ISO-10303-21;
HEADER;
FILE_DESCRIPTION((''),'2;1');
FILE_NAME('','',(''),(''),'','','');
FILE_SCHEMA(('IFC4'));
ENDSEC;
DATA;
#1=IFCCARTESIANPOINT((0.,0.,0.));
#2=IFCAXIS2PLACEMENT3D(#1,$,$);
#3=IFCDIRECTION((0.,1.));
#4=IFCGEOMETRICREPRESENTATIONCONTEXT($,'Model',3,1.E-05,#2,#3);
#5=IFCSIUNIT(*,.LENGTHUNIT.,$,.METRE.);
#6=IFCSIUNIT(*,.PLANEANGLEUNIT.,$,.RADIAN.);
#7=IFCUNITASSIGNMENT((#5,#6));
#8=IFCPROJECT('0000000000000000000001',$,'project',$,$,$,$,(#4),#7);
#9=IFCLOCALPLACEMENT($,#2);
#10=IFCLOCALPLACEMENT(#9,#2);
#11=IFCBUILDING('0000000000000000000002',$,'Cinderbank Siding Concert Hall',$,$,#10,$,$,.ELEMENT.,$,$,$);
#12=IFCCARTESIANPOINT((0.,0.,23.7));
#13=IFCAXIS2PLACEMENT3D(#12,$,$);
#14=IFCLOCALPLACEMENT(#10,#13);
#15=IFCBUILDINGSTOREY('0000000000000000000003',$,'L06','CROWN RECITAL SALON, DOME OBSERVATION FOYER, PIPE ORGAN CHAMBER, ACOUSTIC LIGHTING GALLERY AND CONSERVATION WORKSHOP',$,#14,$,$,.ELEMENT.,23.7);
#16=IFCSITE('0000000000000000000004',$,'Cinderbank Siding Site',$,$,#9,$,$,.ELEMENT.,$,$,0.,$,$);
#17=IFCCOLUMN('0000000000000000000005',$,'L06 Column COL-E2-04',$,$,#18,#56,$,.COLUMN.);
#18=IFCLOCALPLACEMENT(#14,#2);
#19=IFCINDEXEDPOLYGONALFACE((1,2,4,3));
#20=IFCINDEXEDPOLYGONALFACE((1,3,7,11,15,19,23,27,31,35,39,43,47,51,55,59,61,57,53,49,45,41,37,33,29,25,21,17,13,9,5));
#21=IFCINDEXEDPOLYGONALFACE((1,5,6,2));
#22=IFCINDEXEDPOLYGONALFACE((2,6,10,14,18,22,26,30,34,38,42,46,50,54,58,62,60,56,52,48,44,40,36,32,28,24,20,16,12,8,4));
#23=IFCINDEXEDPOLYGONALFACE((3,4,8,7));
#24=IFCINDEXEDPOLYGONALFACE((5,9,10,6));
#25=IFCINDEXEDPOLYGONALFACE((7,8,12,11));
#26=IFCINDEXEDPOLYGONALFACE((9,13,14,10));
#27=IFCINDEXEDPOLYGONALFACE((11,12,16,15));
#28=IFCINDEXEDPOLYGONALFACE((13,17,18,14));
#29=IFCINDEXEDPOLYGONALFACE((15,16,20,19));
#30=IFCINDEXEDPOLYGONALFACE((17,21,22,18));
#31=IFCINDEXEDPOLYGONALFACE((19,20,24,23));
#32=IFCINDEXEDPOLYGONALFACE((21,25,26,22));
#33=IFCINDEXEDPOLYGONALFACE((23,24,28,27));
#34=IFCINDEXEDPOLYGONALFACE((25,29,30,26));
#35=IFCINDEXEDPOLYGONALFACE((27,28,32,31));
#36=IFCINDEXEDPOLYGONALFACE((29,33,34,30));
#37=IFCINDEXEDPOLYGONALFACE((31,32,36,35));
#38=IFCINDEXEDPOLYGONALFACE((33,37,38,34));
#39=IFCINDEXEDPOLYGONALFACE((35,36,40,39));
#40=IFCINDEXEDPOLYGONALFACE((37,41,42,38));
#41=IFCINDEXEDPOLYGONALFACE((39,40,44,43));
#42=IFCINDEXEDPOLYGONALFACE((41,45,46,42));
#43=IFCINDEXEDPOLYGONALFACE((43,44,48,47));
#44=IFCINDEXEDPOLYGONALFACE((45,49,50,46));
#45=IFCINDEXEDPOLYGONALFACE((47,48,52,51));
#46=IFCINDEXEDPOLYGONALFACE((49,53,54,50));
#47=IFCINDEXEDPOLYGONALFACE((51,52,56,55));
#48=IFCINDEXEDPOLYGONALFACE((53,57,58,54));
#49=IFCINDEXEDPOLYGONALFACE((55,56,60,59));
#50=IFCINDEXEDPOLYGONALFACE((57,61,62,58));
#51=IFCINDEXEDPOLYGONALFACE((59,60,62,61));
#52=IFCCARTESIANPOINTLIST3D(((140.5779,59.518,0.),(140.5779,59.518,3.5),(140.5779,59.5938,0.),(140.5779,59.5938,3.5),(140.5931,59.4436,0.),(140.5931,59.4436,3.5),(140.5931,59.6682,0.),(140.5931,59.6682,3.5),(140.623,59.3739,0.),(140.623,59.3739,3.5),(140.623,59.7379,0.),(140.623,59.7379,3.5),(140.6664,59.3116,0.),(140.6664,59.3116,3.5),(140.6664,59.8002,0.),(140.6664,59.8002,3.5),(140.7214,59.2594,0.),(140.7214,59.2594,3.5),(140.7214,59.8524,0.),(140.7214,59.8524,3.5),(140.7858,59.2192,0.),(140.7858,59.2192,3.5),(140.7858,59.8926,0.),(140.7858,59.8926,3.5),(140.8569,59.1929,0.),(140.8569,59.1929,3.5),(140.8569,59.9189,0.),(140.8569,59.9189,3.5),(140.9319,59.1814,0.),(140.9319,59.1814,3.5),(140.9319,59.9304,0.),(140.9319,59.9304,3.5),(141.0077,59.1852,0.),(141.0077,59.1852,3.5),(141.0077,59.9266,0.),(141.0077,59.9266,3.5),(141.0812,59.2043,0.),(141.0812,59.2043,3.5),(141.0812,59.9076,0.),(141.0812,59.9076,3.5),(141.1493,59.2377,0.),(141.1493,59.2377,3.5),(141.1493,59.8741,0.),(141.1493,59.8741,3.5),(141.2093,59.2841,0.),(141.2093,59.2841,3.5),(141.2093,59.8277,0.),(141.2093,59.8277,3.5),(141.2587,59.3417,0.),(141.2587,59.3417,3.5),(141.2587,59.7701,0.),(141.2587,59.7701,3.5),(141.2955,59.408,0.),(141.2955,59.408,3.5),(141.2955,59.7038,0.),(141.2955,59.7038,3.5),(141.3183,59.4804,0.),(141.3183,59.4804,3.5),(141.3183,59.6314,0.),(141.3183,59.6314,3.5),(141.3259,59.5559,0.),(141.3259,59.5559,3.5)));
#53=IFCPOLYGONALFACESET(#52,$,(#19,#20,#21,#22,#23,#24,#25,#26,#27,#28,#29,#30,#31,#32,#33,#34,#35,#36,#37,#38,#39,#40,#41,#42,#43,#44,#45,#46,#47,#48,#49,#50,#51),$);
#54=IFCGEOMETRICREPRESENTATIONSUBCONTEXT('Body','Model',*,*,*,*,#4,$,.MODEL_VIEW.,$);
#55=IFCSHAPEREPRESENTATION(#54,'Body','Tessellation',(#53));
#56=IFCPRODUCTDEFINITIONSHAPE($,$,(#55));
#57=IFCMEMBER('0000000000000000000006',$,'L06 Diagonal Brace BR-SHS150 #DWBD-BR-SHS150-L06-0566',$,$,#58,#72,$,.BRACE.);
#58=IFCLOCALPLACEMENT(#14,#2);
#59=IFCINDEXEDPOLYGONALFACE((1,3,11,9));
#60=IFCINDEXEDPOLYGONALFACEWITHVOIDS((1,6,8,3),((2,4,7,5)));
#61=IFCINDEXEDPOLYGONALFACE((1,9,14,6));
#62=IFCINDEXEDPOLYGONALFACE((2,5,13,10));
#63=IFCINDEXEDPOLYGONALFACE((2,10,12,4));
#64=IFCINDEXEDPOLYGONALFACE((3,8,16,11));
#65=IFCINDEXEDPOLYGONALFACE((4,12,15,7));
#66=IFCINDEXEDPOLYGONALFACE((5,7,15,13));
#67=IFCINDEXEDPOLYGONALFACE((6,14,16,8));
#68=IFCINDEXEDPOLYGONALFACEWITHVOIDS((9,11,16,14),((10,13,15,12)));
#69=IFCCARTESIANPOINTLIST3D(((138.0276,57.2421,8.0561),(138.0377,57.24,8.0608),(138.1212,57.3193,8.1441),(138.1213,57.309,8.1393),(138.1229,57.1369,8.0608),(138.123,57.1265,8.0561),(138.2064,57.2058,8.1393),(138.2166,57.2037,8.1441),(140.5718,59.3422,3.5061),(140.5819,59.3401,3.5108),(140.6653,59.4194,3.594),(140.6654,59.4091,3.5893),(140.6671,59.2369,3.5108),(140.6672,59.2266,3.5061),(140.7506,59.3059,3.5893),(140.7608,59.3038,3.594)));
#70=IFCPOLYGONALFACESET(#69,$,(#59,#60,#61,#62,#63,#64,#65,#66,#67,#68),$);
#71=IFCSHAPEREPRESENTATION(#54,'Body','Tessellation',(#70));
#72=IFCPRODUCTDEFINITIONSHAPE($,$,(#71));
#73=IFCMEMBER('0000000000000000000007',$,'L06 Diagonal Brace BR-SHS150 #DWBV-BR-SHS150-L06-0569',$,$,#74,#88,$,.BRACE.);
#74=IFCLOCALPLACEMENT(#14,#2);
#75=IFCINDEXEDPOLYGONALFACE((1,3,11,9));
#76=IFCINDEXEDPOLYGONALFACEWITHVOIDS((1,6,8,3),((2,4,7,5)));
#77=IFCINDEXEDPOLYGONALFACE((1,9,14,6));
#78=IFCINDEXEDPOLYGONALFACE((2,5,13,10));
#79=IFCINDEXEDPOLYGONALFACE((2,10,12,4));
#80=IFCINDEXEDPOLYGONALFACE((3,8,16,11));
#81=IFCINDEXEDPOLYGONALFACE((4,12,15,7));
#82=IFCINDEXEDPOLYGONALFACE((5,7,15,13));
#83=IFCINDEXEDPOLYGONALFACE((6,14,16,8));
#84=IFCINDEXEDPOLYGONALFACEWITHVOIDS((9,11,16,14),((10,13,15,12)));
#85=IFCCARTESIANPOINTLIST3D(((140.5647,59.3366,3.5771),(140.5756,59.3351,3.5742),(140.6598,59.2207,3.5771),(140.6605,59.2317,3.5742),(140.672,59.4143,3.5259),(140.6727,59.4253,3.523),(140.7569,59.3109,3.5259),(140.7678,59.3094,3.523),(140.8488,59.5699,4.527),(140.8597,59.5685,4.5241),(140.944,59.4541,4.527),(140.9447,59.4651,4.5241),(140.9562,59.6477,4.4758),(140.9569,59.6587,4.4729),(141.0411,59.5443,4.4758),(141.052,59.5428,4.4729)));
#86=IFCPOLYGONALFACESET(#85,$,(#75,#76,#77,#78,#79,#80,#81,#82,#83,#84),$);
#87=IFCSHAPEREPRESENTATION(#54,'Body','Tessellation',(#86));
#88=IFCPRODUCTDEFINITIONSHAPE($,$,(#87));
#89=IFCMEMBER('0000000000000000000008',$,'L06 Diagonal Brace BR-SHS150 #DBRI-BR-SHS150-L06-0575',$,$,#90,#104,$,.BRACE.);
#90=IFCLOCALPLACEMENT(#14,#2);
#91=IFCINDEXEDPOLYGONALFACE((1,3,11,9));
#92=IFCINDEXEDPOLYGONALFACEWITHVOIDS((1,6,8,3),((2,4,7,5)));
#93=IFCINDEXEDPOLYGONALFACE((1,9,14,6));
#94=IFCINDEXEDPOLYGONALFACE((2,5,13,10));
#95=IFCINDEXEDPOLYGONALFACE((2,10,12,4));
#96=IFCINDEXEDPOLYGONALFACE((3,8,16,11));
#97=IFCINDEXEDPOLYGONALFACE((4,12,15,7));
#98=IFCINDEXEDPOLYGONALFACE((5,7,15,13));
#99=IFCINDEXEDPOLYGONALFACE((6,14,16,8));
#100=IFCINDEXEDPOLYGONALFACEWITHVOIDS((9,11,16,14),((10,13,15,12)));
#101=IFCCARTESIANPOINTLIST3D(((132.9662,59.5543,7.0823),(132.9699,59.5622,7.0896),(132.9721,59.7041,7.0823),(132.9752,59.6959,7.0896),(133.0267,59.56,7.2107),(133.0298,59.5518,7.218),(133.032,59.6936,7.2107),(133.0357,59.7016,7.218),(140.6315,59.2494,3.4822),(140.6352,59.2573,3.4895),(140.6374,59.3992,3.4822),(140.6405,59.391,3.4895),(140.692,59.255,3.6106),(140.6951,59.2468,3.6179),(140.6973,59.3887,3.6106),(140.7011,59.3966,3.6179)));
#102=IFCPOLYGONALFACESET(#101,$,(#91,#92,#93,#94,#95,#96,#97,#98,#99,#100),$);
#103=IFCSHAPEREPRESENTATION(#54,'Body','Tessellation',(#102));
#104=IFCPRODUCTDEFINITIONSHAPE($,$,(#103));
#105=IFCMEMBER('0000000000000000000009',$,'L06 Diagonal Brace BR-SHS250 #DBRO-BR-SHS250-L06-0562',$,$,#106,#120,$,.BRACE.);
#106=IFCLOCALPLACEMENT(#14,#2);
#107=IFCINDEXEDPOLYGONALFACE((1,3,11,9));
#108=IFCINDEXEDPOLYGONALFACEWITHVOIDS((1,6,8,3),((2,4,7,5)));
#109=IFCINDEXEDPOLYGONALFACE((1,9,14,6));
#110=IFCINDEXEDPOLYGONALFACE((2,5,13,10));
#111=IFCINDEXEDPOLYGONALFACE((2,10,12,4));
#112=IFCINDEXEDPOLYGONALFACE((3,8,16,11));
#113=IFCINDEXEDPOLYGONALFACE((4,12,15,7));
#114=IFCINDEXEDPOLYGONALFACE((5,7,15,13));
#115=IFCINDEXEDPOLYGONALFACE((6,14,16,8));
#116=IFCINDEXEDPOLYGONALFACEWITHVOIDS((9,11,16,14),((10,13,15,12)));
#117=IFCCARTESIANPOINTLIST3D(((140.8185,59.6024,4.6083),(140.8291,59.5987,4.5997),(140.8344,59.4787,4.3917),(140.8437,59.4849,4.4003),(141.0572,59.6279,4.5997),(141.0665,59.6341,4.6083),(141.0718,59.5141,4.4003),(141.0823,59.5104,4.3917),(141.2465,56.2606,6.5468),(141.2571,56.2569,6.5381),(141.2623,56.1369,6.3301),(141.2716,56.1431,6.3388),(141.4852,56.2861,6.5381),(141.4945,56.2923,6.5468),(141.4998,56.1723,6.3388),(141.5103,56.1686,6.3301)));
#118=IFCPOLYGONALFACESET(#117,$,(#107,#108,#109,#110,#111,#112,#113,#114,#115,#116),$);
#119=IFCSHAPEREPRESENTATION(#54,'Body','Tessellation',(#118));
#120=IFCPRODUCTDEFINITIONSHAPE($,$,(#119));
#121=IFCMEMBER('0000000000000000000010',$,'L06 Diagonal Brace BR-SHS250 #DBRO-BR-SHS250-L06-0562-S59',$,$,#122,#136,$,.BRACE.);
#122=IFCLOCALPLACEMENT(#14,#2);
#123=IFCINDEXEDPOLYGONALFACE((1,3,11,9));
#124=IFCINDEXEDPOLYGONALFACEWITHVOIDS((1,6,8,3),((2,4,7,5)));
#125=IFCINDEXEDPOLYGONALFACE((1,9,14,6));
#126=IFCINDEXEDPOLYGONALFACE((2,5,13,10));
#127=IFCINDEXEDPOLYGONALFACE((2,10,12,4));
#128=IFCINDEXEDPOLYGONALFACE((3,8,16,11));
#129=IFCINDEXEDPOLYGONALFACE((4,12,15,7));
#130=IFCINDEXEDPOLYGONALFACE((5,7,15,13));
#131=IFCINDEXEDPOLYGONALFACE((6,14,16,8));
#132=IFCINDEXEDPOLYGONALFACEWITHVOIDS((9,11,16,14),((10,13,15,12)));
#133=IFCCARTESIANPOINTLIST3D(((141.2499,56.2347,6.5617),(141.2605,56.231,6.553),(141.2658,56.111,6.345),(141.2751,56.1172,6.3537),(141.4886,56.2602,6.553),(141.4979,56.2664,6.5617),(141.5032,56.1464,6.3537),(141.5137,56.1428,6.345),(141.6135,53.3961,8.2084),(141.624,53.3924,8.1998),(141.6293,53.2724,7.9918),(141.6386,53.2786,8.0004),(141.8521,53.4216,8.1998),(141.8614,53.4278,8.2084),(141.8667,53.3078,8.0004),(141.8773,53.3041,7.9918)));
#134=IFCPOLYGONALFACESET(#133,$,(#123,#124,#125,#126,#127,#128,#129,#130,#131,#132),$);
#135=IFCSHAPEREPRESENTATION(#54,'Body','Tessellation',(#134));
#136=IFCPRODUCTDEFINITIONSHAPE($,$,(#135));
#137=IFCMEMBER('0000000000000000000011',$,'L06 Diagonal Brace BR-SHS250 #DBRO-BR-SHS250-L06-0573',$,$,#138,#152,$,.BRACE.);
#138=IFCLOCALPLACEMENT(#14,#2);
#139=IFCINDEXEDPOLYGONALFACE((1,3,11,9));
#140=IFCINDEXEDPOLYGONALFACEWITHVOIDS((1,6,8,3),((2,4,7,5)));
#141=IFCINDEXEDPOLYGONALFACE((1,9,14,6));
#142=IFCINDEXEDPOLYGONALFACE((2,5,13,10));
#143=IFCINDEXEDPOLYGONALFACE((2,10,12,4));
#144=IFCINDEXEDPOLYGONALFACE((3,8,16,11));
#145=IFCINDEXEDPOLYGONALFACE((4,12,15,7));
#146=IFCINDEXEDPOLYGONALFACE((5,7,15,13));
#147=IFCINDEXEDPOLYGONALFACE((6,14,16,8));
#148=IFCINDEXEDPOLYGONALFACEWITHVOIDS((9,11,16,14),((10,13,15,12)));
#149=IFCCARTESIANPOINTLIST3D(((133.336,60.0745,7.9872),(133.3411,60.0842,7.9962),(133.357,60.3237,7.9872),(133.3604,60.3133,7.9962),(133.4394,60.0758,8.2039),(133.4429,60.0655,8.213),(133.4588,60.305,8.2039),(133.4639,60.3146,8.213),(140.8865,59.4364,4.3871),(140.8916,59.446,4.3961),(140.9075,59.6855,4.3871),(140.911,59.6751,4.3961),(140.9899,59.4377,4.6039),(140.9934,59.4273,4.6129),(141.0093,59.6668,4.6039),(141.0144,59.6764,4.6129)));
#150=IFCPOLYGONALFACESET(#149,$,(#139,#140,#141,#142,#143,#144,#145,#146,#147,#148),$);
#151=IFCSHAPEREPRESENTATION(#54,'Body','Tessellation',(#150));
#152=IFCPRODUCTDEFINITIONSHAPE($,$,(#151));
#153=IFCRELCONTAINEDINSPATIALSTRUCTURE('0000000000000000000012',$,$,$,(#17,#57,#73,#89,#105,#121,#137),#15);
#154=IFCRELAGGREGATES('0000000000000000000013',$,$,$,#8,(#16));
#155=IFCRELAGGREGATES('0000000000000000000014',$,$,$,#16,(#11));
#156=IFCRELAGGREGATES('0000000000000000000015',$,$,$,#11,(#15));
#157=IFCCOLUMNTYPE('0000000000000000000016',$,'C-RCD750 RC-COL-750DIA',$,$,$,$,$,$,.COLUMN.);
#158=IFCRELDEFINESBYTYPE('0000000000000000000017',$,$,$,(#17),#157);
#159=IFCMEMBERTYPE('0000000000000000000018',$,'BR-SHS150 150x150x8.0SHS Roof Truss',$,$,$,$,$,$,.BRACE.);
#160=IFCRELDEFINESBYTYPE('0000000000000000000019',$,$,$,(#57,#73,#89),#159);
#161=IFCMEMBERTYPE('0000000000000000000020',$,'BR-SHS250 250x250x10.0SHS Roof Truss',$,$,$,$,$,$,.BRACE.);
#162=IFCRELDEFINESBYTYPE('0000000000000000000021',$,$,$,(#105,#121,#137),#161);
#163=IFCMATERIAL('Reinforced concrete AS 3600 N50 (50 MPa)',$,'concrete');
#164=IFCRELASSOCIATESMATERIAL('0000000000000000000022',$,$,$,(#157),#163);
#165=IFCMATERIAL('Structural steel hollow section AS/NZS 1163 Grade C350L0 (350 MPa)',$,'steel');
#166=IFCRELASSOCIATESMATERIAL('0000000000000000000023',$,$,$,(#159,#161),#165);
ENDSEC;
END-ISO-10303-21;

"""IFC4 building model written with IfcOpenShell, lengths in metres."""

from ifc_helpers import new_model, si_unit, direction, frame, origin, origin_2d, place, context, subcontext, project, spatial, hollow_rectangle, circle, extrude, material, material_profile, profile_set, type_object, element, save


model = new_model("IFC4")

# Units and contexts
model_context = context("Model", 3, precision=1e-05, world=origin(), true_north=direction((0.0, 1.0)))
body_context = subcontext(model_context, "Body", "Model", "MODEL_VIEW")
ifc_project = project(units=[si_unit("LENGTHUNIT", "METRE"), si_unit("PLANEANGLEUNIT", "RADIAN")], contexts=[model_context])

# Site, building, storey
site_placement = place(None, origin())
site = spatial("IfcSite", under=ifc_project, at=site_placement, Name="Cinderbank Siding Site", CompositionType="ELEMENT", RefElevation=0.0)
building_placement = place(site_placement, origin())
building = spatial("IfcBuilding", under=site, at=building_placement, Name="Cinderbank Siding Concert Hall", CompositionType="ELEMENT")
storey_placement = place(building_placement, frame((0.0, 0.0, 23.7)))
storey = spatial("IfcBuildingStorey", under=building, at=storey_placement, Name="L06", Description="CROWN RECITAL SALON, DOME OBSERVATION FOYER, PIPE ORGAN CHAMBER, ACOUSTIC LIGHTING GALLERY AND CONSERVATION WORKSHOP", CompositionType="ELEMENT", Elevation=23.7)

# Column
ifc_material_1 = material(Name="Reinforced concrete AS 3600 N50 (50 MPa)", Category="concrete")
ifc_material_profile_1 = material_profile(ifc_material_1, circle(Radius=0.375, at=origin_2d()), Name="RC-COL-750DIA", Category="LoadBearing")
ifc_profile_set_1 = profile_set([ifc_material_profile_1], Name="Reinforced concrete AS 3600 N50 (50 MPa)")
column_type = type_object("IfcColumnType", Name="C-RCD750 RC-COL-750DIA", PredefinedType="COLUMN", material=ifc_profile_set_1)
column_placement = place(storey_placement, frame((140.9509, 59.5559, 0.0), z_axis=(0.0, 0.0, 1.0), x_axis=(1.0, 0.0, 0.0)))
element("IfcColumn", 1, at=column_placement, inside=storey, type_object=column_type, Name="L06 Column COL-E2-04", PredefinedType="COLUMN", context=body_context, shape_type="SweptSolid", body=[
    extrude(circle(Radius=0.375, at=origin_2d()), origin(), (0.0, 0.0, 1.0), 3.5),
])

# Members
ifc_material_2 = material(Name="Structural steel hollow section AS/NZS 1163 Grade C350L0 (350 MPa)", Category="steel")
ifc_material_profile_2 = material_profile(ifc_material_2, hollow_rectangle(XDim=0.1499, YDim=0.1499, WallThickness=0.0081, at=origin_2d()), Name="150x150x8.0SHS", Category="LoadBearing")
ifc_profile_set_2 = profile_set([ifc_material_profile_2], Name="Structural steel hollow section AS/NZS 1163 Grade C350L0 (350 MPa)")
member_type_1 = type_object("IfcMemberType", Name="BR-SHS150 150x150x8.0SHS Roof Truss", PredefinedType="BRACE", material=ifc_profile_set_2)
member_1_placement = place(storey_placement, frame((140.6663, 59.323, 3.55), z_axis=(-0.452689, -0.373672, 0.809593), x_axis=(0.636589, -0.771203, 0.0)))
element("IfcMember", 2, at=member_1_placement, inside=storey, type_object=member_type_1, Name="L06 Diagonal Brace BR-SHS150 #DWBD-BR-SHS150-L06-0566", PredefinedType="BRACE", context=body_context, shape_type="SweptSolid", body=[
    extrude(hollow_rectangle(XDim=0.1499, YDim=0.1499, WallThickness=0.0081, at=origin_2d()), origin(), (0.0, 0.0, 1.0), 5.6201),
])
member_2_placement = place(storey_placement, frame((140.6663, 59.323, 3.55), z_axis=(0.278978, 0.229126, 0.932562), x_axis=(-0.634683, 0.772773, 0.0)))
element("IfcMember", 3, at=member_2_placement, inside=storey, type_object=member_type_1, Name="L06 Diagonal Brace BR-SHS150 #DWBV-BR-SHS150-L06-0569", PredefinedType="BRACE", context=body_context, shape_type="SweptSolid", body=[
    extrude(hollow_rectangle(XDim=0.1499, YDim=0.1499, WallThickness=0.0081, at=origin_2d()), origin(), (0.0, 0.0, 1.0), 1.0186),
])
member_3_placement = place(storey_placement, frame((140.6663, 59.323, 3.55), z_axis=(-0.904555, 0.035984, 0.424836), x_axis=(-0.039749, -0.99921, 0.0)))
element("IfcMember", 4, at=member_3_placement, inside=storey, type_object=member_type_1, Name="L06 Diagonal Brace BR-SHS150 #DBRI-BR-SHS150-L06-0575", PredefinedType="BRACE", context=body_context, shape_type="SweptSolid", body=[
    extrude(hollow_rectangle(XDim=0.1499, YDim=0.1499, WallThickness=0.0081, at=origin_2d()), origin(), (0.0, 0.0, 1.0), 8.4741),
])
ifc_material_profile_3 = material_profile(ifc_material_2, hollow_rectangle(XDim=0.25, YDim=0.25, WallThickness=0.01, at=origin_2d()), Name="250x250x10.0SHS", Category="LoadBearing")
ifc_profile_set_3 = profile_set([ifc_material_profile_3], Name="Structural steel hollow section AS/NZS 1163 Grade C350L0 (350 MPa)")
member_type_2 = type_object("IfcMemberType", Name="BR-SHS250 250x250x10.0SHS Roof Truss", PredefinedType="BRACE", material=ifc_profile_set_3)
member_4_placement = place(storey_placement, frame((140.9504, 59.5564, 4.5), z_axis=(0.110106, -0.859745, 0.498713), x_axis=(0.991899, 0.127031, 0.0)))
element("IfcMember", 5, at=member_4_placement, inside=storey, type_object=member_type_2, Name="L06 Diagonal Brace BR-SHS250 #DBRO-BR-SHS250-L06-0562", PredefinedType="BRACE", context=body_context, shape_type="SweptSolid", body=[
    extrude(hollow_rectangle(XDim=0.25, YDim=0.25, WallThickness=0.01, at=origin_2d()), origin(), (0.0, 0.0, 1.0), 3.887),
])
member_5_placement = place(storey_placement, frame((141.3818, 56.1887, 6.4534), z_axis=(0.1101, -0.859729, 0.498742), x_axis=(0.991899, 0.127027, 0.0)))
element("IfcMember", 6, at=member_5_placement, inside=storey, type_object=member_type_2, Name="L06 Diagonal Brace BR-SHS250 #DBRO-BR-SHS250-L06-0562-S59", PredefinedType="BRACE", context=body_context, shape_type="SweptSolid", body=[
    extrude(hollow_rectangle(XDim=0.25, YDim=0.25, WallThickness=0.01, at=origin_2d()), origin(), (0.0, 0.0, 1.0), 3.3018),
])
member_6_placement = place(storey_placement, frame((140.9504, 59.5564, 4.5), z_axis=(-0.900031, 0.076072, 0.429135), x_axis=(-0.084221, -0.996447, 0.0)))
element("IfcMember", 7, at=member_6_placement, inside=storey, type_object=member_type_2, Name="L06 Diagonal Brace BR-SHS250 #DBRO-BR-SHS250-L06-0573", PredefinedType="BRACE", context=body_context, shape_type="SweptSolid", body=[
    extrude(hollow_rectangle(XDim=0.25, YDim=0.25, WallThickness=0.01, at=origin_2d()), origin(), (0.0, 0.0, 1.0), 8.3892),
])

save(model, "model.ifc")
